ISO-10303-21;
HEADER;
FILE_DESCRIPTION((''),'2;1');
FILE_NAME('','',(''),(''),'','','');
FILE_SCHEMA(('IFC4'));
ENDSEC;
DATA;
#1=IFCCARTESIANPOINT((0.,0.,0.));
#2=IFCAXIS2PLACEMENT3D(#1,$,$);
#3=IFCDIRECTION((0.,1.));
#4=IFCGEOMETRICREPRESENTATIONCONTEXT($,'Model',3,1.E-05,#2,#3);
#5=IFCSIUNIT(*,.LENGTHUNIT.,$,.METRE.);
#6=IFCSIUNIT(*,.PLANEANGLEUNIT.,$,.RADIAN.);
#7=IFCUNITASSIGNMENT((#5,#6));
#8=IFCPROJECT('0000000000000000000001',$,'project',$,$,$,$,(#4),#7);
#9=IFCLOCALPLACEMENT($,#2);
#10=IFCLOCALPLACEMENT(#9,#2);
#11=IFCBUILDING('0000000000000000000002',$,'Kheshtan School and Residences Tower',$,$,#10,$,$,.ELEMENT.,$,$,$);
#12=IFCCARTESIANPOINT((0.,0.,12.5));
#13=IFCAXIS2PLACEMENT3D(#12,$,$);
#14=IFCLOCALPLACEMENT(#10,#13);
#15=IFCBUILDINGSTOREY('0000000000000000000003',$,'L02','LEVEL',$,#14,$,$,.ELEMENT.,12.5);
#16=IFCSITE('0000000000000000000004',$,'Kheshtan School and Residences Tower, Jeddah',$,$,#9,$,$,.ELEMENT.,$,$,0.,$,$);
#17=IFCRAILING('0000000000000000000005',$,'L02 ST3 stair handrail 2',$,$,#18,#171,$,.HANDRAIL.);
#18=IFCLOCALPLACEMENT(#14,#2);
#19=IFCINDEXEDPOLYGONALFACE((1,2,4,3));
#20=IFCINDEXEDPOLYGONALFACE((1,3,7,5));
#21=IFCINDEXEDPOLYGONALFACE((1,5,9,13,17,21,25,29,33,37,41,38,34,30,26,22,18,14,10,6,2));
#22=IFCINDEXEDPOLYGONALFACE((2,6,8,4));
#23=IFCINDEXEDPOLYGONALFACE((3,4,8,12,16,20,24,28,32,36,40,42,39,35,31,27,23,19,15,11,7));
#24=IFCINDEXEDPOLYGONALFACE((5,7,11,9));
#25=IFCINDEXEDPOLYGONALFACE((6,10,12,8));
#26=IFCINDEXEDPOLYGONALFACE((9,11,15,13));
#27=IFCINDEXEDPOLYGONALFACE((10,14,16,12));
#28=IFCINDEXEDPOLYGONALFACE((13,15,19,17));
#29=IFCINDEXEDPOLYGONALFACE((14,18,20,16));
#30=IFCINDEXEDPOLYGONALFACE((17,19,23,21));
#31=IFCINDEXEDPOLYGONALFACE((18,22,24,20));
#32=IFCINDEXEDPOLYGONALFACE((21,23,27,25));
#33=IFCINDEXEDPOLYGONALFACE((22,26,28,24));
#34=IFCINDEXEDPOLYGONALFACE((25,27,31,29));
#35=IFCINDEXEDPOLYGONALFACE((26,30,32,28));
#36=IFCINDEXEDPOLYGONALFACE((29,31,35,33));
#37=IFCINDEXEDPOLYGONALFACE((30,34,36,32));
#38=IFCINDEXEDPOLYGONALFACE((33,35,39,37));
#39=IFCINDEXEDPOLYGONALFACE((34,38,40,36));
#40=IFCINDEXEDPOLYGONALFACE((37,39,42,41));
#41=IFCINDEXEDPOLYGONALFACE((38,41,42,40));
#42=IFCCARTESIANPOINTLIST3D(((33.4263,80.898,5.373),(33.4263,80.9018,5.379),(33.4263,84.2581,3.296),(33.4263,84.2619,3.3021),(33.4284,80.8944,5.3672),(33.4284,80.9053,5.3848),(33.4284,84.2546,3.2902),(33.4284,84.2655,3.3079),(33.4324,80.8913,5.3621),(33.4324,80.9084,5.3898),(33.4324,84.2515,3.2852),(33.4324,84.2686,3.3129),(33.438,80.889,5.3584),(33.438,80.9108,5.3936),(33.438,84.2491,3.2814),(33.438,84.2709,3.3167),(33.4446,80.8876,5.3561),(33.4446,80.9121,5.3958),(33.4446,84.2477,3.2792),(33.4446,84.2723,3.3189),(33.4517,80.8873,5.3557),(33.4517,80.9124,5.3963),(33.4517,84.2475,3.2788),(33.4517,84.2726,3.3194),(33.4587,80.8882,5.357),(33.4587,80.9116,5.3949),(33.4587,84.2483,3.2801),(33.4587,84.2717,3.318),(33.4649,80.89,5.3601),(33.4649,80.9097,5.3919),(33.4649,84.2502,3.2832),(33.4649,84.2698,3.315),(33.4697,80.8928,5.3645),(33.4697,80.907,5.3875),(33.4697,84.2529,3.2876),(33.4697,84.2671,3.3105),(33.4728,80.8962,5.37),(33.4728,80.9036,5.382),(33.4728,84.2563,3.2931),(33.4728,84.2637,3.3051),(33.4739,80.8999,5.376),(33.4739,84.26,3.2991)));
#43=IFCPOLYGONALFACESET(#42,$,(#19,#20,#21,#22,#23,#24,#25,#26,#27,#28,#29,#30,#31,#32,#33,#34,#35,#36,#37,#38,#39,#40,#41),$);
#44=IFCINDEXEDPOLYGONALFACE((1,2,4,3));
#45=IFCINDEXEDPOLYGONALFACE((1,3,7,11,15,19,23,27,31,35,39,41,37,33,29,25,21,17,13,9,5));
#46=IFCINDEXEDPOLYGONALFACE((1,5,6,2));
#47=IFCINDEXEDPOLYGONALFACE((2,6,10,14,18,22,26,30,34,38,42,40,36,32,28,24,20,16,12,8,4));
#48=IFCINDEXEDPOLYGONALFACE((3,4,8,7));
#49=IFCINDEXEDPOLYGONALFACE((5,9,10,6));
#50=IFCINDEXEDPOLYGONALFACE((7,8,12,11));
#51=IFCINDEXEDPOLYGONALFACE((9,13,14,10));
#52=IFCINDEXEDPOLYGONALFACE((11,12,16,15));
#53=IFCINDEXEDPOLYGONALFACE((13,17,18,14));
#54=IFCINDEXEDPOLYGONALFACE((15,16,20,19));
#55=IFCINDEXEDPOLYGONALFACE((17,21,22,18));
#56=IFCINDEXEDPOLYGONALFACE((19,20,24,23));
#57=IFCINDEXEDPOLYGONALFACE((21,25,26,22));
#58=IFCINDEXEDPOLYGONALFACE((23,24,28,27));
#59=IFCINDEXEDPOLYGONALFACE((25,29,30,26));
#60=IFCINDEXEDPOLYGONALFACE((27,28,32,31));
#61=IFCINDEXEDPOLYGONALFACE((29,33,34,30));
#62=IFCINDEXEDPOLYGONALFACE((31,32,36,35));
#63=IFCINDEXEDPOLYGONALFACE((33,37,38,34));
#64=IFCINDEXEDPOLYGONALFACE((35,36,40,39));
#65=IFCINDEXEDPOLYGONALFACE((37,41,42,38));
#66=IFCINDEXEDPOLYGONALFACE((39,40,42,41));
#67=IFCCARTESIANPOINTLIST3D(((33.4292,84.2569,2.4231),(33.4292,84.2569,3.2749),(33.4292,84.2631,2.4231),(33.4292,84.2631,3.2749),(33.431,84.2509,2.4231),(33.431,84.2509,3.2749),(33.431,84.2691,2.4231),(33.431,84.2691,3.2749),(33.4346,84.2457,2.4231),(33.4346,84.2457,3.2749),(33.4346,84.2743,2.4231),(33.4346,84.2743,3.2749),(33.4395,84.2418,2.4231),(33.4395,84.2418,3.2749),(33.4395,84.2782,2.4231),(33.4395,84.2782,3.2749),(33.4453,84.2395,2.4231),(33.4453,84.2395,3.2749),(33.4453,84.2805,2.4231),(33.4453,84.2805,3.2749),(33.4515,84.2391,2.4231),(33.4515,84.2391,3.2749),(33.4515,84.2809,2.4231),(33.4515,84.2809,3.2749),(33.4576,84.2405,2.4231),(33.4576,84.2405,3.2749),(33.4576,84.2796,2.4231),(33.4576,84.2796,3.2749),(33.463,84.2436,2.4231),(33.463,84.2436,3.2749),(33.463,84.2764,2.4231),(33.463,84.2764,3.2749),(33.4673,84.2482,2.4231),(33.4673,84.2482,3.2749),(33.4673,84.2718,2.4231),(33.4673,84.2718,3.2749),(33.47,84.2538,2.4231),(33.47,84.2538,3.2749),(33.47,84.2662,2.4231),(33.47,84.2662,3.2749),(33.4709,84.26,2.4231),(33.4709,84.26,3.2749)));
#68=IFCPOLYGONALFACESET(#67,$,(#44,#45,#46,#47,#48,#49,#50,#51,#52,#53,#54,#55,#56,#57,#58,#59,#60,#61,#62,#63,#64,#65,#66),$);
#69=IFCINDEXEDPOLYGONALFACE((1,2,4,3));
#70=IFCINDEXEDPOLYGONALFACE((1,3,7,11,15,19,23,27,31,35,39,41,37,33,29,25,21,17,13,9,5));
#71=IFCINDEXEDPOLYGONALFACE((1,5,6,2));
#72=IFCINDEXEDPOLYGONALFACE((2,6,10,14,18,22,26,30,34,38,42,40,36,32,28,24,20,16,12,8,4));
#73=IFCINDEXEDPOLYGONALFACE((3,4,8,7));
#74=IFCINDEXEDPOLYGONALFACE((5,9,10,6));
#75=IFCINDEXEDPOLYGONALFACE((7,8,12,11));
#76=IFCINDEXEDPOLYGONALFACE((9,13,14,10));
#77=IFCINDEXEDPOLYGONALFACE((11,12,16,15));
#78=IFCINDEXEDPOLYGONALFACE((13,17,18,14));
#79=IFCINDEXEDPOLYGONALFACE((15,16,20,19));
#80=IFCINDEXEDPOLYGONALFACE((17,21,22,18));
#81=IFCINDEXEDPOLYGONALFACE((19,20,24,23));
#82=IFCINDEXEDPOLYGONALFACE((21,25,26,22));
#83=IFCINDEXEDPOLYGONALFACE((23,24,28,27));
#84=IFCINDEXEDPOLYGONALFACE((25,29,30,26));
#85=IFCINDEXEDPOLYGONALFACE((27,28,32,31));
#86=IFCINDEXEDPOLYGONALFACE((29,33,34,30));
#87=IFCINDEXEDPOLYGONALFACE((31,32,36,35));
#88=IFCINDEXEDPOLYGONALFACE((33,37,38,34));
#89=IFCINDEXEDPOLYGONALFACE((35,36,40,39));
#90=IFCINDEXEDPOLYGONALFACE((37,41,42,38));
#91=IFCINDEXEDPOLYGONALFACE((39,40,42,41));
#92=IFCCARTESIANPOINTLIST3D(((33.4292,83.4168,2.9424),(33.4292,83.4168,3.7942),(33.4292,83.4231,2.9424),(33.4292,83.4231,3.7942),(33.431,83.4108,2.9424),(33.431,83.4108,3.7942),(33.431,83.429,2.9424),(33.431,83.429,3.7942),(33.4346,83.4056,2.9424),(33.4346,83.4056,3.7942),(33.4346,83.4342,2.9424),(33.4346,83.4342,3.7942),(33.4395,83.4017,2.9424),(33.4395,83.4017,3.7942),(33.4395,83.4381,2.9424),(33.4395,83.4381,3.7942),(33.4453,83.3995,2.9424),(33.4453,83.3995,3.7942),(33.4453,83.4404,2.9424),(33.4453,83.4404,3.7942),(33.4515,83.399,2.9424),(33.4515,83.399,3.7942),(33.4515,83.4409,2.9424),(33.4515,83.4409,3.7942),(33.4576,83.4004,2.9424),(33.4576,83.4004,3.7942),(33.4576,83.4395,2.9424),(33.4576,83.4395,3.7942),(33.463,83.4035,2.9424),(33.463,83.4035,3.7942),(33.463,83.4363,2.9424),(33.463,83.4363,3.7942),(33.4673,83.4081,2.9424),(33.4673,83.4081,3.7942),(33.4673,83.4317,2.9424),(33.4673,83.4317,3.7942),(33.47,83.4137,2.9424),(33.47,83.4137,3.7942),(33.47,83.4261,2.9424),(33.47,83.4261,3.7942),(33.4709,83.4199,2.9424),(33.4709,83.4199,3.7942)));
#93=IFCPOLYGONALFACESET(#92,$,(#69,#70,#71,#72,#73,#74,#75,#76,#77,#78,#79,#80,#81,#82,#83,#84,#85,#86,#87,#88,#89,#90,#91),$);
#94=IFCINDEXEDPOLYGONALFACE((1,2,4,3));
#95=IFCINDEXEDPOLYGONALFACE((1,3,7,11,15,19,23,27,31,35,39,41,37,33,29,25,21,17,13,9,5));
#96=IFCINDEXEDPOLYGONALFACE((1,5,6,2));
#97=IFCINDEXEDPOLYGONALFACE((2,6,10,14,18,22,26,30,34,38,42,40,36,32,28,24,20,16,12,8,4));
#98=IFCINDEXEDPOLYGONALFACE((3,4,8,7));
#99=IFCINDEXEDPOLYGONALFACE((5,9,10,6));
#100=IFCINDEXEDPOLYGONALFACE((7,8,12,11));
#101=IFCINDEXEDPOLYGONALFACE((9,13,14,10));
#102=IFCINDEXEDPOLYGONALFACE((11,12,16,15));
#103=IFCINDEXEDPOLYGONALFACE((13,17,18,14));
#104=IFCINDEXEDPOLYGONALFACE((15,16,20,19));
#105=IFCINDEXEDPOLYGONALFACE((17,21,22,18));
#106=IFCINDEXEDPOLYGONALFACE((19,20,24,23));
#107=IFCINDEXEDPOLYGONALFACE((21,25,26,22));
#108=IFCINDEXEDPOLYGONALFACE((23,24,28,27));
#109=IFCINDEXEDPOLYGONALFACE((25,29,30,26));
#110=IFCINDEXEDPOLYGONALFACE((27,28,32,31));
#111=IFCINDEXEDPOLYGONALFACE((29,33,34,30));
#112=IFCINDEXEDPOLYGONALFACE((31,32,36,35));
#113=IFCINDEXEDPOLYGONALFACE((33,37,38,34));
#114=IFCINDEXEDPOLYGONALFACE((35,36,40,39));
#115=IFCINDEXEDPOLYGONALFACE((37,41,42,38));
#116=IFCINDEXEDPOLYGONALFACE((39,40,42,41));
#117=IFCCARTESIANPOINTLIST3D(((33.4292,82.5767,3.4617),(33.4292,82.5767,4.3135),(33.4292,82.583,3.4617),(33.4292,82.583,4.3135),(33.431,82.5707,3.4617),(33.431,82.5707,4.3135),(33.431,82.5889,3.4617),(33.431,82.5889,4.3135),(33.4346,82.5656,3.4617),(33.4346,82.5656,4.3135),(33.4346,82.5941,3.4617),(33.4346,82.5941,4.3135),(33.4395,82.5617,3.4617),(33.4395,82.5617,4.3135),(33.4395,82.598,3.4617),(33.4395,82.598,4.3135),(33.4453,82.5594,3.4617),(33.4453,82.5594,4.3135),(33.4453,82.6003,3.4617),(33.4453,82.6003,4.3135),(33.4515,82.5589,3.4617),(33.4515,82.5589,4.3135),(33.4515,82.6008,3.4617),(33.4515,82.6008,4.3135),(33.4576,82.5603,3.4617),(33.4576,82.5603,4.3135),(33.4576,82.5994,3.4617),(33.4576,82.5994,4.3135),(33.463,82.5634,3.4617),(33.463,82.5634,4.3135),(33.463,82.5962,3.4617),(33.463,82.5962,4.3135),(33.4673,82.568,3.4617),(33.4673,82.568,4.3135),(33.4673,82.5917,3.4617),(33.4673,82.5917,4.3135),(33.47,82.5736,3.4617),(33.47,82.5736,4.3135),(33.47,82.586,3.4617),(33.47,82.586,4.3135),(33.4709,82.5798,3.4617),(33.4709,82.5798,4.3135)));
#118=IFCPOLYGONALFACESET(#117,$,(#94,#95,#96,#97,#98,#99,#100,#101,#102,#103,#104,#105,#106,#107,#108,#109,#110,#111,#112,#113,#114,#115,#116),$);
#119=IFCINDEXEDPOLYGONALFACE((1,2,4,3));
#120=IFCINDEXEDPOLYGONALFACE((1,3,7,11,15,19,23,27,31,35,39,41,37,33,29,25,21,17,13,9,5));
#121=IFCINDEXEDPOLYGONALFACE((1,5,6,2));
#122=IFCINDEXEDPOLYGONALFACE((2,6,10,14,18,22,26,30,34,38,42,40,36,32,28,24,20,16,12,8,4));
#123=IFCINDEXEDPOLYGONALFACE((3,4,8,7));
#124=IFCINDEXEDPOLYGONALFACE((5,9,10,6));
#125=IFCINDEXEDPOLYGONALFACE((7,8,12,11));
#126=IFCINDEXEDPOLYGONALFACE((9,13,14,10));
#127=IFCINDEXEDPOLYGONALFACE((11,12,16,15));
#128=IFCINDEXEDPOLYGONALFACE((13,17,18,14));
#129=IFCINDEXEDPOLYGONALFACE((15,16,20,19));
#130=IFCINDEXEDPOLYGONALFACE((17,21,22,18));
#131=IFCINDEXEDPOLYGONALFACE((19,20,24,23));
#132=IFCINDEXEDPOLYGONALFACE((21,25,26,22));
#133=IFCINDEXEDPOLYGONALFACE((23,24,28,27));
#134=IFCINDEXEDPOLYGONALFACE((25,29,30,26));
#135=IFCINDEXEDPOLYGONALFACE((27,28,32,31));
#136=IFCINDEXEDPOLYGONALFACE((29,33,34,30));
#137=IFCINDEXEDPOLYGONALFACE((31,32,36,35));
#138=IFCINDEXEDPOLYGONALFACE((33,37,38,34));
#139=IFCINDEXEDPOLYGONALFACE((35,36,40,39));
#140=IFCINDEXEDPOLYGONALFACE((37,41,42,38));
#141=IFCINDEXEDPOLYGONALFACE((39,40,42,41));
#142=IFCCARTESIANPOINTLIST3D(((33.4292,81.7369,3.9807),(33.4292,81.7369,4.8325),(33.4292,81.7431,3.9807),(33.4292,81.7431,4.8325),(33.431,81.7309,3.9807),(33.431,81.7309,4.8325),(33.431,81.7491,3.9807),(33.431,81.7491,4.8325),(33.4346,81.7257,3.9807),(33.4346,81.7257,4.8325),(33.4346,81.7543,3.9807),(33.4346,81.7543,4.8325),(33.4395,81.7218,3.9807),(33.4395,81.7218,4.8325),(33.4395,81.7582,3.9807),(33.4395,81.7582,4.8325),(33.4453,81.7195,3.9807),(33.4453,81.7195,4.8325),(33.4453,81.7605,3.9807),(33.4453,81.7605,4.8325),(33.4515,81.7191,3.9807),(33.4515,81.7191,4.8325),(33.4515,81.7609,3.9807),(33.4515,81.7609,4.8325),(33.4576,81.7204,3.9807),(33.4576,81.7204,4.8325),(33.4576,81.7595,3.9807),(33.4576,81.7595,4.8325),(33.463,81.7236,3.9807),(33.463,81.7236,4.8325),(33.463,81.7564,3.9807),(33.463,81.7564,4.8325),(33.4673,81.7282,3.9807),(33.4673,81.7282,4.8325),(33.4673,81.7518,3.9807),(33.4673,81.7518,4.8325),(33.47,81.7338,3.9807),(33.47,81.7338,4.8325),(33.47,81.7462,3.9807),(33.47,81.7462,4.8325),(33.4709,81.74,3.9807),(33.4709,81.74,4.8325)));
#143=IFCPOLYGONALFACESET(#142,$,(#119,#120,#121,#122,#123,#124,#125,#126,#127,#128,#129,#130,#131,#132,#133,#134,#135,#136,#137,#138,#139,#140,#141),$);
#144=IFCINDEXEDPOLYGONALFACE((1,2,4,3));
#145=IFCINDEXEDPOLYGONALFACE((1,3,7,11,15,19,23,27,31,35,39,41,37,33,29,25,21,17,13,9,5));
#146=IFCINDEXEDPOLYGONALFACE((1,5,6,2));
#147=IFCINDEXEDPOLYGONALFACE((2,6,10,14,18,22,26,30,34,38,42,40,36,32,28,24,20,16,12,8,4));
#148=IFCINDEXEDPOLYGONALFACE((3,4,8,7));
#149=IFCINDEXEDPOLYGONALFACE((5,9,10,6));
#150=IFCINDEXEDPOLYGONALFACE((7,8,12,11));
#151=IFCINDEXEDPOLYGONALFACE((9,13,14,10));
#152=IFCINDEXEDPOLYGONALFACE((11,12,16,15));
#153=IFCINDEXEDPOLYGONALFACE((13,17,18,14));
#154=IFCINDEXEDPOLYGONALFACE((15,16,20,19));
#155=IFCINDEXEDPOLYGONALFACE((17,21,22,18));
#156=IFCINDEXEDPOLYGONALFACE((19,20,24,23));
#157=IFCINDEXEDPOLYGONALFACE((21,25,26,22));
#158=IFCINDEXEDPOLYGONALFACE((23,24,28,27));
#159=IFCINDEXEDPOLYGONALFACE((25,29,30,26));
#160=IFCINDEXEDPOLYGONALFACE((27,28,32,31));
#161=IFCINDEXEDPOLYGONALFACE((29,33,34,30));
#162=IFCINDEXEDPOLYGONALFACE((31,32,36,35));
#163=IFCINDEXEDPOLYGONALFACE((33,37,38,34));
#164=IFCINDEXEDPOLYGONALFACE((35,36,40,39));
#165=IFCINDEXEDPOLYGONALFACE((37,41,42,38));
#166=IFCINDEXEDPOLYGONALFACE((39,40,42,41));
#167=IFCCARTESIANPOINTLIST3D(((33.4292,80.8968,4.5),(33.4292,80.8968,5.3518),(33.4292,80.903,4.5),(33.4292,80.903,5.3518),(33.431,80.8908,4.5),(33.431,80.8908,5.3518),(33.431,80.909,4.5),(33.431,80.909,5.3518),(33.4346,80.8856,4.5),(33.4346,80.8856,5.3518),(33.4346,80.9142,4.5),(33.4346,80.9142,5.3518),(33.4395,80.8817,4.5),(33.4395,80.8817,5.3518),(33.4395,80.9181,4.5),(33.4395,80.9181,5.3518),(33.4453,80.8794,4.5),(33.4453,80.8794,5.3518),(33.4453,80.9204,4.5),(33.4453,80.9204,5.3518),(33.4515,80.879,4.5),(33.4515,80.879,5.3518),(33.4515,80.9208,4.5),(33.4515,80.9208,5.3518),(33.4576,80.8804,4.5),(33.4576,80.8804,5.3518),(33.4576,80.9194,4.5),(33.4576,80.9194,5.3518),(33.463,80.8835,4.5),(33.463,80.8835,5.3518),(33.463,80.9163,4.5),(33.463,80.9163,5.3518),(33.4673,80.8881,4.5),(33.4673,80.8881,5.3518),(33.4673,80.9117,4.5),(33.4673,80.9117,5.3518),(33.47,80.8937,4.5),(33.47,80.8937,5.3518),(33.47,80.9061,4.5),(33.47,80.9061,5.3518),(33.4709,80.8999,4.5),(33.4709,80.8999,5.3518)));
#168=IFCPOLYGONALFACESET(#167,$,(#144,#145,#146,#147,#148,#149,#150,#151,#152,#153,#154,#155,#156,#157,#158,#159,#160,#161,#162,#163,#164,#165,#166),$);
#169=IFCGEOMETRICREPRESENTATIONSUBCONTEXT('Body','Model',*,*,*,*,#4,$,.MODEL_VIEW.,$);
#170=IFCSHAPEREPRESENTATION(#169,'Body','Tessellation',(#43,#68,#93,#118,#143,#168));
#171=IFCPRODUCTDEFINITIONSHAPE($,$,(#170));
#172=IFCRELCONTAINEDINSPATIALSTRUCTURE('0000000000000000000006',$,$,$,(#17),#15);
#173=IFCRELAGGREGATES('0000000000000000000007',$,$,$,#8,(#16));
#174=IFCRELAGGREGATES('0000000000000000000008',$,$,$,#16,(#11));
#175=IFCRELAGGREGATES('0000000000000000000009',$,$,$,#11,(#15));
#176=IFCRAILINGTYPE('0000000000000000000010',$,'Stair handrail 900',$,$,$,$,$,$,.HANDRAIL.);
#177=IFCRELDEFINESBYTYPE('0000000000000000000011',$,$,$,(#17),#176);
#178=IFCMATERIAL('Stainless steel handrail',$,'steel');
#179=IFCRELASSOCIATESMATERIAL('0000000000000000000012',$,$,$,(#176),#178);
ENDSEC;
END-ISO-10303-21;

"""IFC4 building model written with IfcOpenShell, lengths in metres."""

from ifc_helpers import new_model, si_unit, direction, frame, origin, origin_2d, place, context, subcontext, project, spatial, circle, extrude, material, type_object, element, save


model = new_model("IFC4")

# Units and contexts
model_context = context("Model", 3, precision=1e-05, world=origin(), true_north=direction((0.0, 1.0)))
body_context = subcontext(model_context, "Body", "Model", "MODEL_VIEW")
ifc_project = project(units=[si_unit("LENGTHUNIT", "METRE"), si_unit("PLANEANGLEUNIT", "RADIAN")], contexts=[model_context])

# Site, building, storey
site_placement = place(None, origin())
site = spatial("IfcSite", under=ifc_project, at=site_placement, Name="Kheshtan School and Residences Tower, Jeddah", CompositionType="ELEMENT", RefElevation=0.0)
building_placement = place(site_placement, origin())
building = spatial("IfcBuilding", under=site, at=building_placement, Name="Kheshtan School and Residences Tower", CompositionType="ELEMENT")
storey_placement = place(building_placement, frame((0.0, 0.0, 12.5)))
storey = spatial("IfcBuildingStorey", under=building, at=storey_placement, Name="L02", Description="LEVEL", CompositionType="ELEMENT", Elevation=12.5)

# Railing
ifc_material_1 = material(Name="Stainless steel handrail", Category="steel")
railing_type = type_object("IfcRailingType", Name="Stair handrail 900", PredefinedType="HANDRAIL", material=ifc_material_1)
railing_placement = place(storey_placement, frame((33.45, 84.26, 2.4231)))
element("IfcRailing", 1, at=railing_placement, inside=storey, type_object=railing_type, Name="L02 ST3 stair handrail 2", PredefinedType="HANDRAIL", context=body_context, shape_type="SweptSolid", body=[
    extrude(circle(Radius=0.0239, at=origin_2d()), frame((0.0, 0.0, 0.876), z_axis=(0.0, -0.850623, 0.525776), x_axis=(1.0, 0.0, 0.0)), (0.0, 0.0, 1.0), 3.9502),
    extrude(circle(Radius=0.021, at=origin_2d()), origin(), (0.0, 0.0, 1.0), 0.8518),
    extrude(circle(Radius=0.021, at=origin_2d()), frame((0.0, -0.8401, 0.5193)), (0.0, 0.0, 1.0), 0.8518),
    extrude(circle(Radius=0.021, at=origin_2d()), frame((0.0, -1.6802, 1.0386)), (0.0, 0.0, 1.0), 0.8518),
    extrude(circle(Radius=0.021, at=origin_2d()), frame((0.0, -2.52, 1.5576)), (0.0, 0.0, 1.0), 0.8518),
    extrude(circle(Radius=0.021, at=origin_2d()), frame((0.0, -3.3601, 2.0769)), (0.0, 0.0, 1.0), 0.8518),
])

save(model, "model.ifc")
